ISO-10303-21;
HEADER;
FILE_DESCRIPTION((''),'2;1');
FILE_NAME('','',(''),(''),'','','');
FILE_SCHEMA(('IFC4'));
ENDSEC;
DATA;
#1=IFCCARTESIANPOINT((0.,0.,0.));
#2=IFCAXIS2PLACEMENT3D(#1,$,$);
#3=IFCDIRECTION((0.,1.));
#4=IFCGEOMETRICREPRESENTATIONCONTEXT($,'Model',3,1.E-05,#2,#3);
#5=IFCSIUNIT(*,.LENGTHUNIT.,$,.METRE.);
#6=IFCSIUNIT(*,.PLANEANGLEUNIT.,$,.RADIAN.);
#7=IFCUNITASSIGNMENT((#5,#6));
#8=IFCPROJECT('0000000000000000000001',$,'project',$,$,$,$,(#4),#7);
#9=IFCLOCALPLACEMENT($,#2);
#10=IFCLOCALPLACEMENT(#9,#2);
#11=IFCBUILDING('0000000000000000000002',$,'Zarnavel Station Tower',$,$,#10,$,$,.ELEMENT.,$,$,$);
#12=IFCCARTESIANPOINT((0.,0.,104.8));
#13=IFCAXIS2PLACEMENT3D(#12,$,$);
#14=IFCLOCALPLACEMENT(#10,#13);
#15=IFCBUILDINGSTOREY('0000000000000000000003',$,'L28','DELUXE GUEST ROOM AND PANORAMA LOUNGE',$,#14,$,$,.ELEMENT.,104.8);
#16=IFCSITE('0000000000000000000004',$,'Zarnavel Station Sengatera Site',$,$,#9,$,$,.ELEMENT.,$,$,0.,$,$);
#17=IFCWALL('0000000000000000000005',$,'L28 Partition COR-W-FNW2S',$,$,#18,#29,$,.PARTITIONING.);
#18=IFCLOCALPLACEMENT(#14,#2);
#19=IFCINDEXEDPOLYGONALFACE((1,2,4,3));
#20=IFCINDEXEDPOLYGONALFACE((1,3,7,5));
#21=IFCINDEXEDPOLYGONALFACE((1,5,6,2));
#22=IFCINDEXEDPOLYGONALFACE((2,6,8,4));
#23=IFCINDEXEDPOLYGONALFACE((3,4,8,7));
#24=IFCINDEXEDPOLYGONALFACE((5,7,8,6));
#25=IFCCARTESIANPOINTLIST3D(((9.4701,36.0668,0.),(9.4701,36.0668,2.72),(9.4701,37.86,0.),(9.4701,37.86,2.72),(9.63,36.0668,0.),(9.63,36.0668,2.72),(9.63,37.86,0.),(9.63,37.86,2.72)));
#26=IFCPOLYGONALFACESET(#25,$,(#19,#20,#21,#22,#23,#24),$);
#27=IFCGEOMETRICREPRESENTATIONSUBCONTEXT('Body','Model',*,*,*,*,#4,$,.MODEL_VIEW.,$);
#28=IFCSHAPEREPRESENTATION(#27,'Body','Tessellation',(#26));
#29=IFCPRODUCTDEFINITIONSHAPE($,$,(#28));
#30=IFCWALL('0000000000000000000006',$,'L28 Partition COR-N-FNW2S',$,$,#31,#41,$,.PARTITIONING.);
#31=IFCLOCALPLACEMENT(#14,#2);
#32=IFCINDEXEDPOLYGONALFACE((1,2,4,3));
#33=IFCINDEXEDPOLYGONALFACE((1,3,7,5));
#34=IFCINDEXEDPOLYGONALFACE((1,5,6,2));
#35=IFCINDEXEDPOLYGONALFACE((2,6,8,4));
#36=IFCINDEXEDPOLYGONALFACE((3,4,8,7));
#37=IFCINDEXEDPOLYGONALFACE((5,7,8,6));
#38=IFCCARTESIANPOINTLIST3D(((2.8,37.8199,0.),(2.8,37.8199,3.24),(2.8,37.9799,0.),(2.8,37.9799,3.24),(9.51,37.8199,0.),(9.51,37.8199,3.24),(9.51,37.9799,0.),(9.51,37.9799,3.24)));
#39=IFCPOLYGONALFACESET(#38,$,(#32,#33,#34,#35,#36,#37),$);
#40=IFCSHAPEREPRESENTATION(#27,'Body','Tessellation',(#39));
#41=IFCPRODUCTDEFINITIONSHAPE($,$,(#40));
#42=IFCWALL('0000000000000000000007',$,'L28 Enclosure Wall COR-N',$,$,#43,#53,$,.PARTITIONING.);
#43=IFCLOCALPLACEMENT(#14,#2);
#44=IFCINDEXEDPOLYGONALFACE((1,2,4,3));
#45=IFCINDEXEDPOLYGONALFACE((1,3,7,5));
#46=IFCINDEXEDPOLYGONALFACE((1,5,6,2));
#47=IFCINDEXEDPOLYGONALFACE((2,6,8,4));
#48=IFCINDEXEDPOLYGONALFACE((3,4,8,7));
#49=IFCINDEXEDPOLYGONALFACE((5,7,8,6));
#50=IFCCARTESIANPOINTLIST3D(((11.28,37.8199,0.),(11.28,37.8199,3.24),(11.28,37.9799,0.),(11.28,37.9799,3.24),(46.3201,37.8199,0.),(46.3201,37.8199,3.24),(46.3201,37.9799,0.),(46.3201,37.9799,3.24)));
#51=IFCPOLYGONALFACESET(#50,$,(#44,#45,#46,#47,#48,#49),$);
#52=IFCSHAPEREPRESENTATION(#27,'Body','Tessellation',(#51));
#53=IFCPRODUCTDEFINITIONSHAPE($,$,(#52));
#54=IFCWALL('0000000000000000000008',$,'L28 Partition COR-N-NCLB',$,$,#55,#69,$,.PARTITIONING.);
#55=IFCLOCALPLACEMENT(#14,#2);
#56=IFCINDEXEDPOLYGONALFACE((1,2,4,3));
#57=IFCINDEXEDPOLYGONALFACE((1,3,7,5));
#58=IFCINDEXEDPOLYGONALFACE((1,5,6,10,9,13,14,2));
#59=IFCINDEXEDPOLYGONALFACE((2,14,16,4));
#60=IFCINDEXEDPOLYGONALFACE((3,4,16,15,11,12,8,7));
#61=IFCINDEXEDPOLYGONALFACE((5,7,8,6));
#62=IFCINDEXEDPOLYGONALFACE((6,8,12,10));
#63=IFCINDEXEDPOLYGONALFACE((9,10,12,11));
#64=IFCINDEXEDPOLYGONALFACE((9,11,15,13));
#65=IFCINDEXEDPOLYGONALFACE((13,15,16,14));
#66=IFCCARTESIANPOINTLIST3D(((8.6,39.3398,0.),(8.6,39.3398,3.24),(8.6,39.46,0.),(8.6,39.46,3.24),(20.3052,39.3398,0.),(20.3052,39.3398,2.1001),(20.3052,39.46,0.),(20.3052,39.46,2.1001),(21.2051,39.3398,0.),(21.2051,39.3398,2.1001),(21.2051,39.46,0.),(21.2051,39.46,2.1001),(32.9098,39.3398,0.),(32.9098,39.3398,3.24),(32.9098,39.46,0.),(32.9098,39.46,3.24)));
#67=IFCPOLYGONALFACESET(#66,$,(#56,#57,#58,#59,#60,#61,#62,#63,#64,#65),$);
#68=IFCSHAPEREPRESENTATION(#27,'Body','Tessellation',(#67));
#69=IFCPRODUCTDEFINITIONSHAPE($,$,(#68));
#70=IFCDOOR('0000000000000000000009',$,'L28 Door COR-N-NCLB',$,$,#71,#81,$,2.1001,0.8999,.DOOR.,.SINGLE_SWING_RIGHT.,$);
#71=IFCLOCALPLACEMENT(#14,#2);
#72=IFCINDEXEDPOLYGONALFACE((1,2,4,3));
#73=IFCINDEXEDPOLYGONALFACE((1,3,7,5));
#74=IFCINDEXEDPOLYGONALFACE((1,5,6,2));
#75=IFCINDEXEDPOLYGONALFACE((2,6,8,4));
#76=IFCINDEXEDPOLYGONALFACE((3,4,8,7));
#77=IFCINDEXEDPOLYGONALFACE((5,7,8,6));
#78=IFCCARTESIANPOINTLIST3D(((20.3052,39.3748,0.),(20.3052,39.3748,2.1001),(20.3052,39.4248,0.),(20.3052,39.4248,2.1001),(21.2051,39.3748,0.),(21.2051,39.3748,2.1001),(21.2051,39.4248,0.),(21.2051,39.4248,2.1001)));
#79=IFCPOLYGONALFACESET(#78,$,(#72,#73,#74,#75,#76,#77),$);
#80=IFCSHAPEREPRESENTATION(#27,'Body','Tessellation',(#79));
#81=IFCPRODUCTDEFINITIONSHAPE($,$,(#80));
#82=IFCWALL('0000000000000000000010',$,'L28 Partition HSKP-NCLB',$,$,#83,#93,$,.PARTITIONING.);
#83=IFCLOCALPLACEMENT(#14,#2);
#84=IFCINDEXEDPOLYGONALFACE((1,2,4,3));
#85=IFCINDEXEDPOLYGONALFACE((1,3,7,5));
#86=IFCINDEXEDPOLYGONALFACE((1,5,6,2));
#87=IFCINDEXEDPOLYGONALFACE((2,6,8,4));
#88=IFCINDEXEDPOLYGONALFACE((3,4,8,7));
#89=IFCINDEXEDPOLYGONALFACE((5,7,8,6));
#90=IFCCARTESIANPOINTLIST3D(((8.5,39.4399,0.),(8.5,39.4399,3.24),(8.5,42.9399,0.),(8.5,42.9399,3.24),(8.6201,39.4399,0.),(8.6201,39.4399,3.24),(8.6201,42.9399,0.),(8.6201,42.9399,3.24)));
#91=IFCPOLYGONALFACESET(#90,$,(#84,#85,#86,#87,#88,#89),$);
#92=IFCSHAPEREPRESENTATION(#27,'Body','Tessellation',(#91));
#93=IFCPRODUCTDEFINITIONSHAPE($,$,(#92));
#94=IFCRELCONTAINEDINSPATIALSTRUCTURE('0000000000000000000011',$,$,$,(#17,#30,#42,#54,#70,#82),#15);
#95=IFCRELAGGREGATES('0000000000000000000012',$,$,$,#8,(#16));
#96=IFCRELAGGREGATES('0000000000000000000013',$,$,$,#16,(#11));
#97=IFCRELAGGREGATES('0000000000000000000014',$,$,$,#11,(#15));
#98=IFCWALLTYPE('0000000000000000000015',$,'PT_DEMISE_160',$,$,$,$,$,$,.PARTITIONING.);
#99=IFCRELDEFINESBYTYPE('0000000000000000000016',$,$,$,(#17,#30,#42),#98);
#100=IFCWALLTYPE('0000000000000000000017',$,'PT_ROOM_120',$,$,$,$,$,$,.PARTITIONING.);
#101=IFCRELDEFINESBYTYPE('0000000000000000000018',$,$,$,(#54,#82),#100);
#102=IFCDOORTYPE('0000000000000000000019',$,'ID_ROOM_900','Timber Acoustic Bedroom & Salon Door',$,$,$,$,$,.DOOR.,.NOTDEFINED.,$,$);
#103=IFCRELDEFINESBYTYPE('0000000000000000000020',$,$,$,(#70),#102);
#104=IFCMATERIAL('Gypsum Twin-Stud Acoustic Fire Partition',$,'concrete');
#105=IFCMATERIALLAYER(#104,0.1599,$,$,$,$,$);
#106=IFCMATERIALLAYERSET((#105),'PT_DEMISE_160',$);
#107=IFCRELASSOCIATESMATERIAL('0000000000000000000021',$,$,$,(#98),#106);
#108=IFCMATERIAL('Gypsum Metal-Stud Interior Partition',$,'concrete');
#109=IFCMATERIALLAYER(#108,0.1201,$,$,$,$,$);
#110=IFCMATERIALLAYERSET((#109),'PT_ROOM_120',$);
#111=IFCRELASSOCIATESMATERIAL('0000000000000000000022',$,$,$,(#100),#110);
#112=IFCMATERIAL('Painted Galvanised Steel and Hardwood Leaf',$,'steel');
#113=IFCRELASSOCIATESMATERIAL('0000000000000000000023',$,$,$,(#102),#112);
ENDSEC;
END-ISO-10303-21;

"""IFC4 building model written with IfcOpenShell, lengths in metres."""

from ifc_helpers import new_model, si_unit, direction, frame, frame_2d, origin, place, context, subcontext, project, spatial, rectangle, extrude, material, layer, layer_set, type_object, element, fill, save


model = new_model("IFC4")

# Units and contexts
model_context = context("Model", 3, precision=1e-05, world=origin(), true_north=direction((0.0, 1.0)))
body_context = subcontext(model_context, "Body", "Model", "MODEL_VIEW")
ifc_project = project(units=[si_unit("LENGTHUNIT", "METRE"), si_unit("PLANEANGLEUNIT", "RADIAN")], contexts=[model_context])

# Site, building, storey
site_placement = place(None, origin())
site = spatial("IfcSite", under=ifc_project, at=site_placement, Name="Zarnavel Station Sengatera Site", CompositionType="ELEMENT", RefElevation=0.0)
building_placement = place(site_placement, origin())
building = spatial("IfcBuilding", under=site, at=building_placement, Name="Zarnavel Station Tower", CompositionType="ELEMENT")
storey_placement = place(building_placement, frame((0.0, 0.0, 104.8)))
storey = spatial("IfcBuildingStorey", under=building, at=storey_placement, Name="L28", Description="DELUXE GUEST ROOM AND PANORAMA LOUNGE", CompositionType="ELEMENT", Elevation=104.8)

# Shared definitions
ifc_material_1 = material(Name="Gypsum Twin-Stud Acoustic Fire Partition", Category="concrete")
ifc_layer_1 = layer(ifc_material_1, 0.1599)
ifc_layer_set_1 = layer_set([ifc_layer_1], Name="PT_DEMISE_160")
wall_type_1 = type_object("IfcWallType", Name="PT_DEMISE_160", PredefinedType="PARTITIONING", material=ifc_layer_set_1)

# Walls
wall_1_placement = place(storey_placement, frame((9.55, 36.0669, 0.0), z_axis=(0.0, 0.0, 1.0), x_axis=(0.0, 1.0, 0.0)))
element("IfcWall", 1, at=wall_1_placement, inside=storey, type_object=wall_type_1, Name="L28 Partition COR-W-FNW2S", PredefinedType="PARTITIONING", context=body_context, shape_type="SweptSolid", body=[
    extrude(rectangle(XDim=1.7932, YDim=0.1599, at=frame_2d((0.8965, 0.0))), origin(), (0.0, 0.0, 1.0), 2.72),
])
wall_2_placement = place(storey_placement, frame((2.8, 37.8999, 0.0), z_axis=(0.0, 0.0, 1.0), x_axis=(1.0, 0.0, 0.0)))
element("IfcWall", 2, at=wall_2_placement, inside=storey, type_object=wall_type_1, Name="L28 Partition COR-N-FNW2S", PredefinedType="PARTITIONING", context=body_context, shape_type="SweptSolid", body=[
    extrude(rectangle(XDim=6.71, YDim=0.1599, at=frame_2d((3.355, 0.0))), origin(), (0.0, 0.0, 1.0), 3.24),
])
wall_3_placement = place(storey_placement, frame((11.28, 37.8999, 0.0), z_axis=(0.0, 0.0, 1.0), x_axis=(1.0, 0.0, 0.0)))
element("IfcWall", 3, at=wall_3_placement, inside=storey, type_object=wall_type_1, Name="L28 Enclosure Wall COR-N", PredefinedType="PARTITIONING", context=body_context, shape_type="SweptSolid", body=[
    extrude(rectangle(XDim=35.04, YDim=0.1599, at=frame_2d((17.52, 0.0))), origin(), (0.0, 0.0, 1.0), 3.24),
])

# Wall, opening, door
ifc_material_2 = material(Name="Gypsum Metal-Stud Interior Partition", Category="concrete")
ifc_layer_2 = layer(ifc_material_2, 0.1201)
ifc_layer_set_2 = layer_set([ifc_layer_2], Name="PT_ROOM_120")
wall_type_2 = type_object("IfcWallType", Name="PT_ROOM_120", PredefinedType="PARTITIONING", material=ifc_layer_set_2)
wall_4_placement = place(storey_placement, frame((8.6001, 39.3999, 0.0), z_axis=(0.0, 0.0, 1.0), x_axis=(1.0, 0.0, 0.0)))
wall_4 = element("IfcWall", 4, at=wall_4_placement, inside=storey, type_object=wall_type_2, Name="L28 Partition COR-N-NCLB", PredefinedType="PARTITIONING", context=body_context, shape_type="SweptSolid", body=[
    extrude(rectangle(XDim=24.3098, YDim=0.1201, at=frame_2d((12.1548, 0.0))), origin(), (0.0, 0.0, 1.0), 3.24),
])
opening_1_placement = place(wall_4_placement, frame((11.7051, 0.0, 0.0)))
opening_1 = element("IfcOpeningElement", 5, at=opening_1_placement, cuts=wall_4, PredefinedType="OPENING", context=body_context, shape_type="SweptSolid", body=[
    extrude(rectangle(XDim=0.8999, YDim=2.1001, at=frame_2d((0.45, 1.05))), frame((0.0, 0.0701, 0.0), z_axis=(0.0, -1.0, 0.0), x_axis=(1.0, 0.0, 0.0)), (0.0, 0.0, 1.0), 0.1401),
])
ifc_material_3 = material(Name="Painted Galvanised Steel and Hardwood Leaf", Category="steel")
door_type_1 = type_object("IfcDoorType", Name="ID_ROOM_900", Description="Timber Acoustic Bedroom & Salon Door", OperationType="NOTDEFINED", PredefinedType="DOOR", material=ifc_material_3)
door_1_placement = place(opening_1_placement, origin())
door_1 = element("IfcDoor", 6, at=door_1_placement, inside=storey, type_object=door_type_1, Name="L28 Door COR-N-NCLB", OperationType="SINGLE_SWING_RIGHT", OverallHeight=2.1001, OverallWidth=0.8999, PredefinedType="DOOR", context=body_context, shape_type="SweptSolid", body=[
    extrude(rectangle(XDim=0.8999, YDim=2.1001, at=frame_2d((0.45, 1.05))), frame((0.0, 0.0249, 0.0), z_axis=(0.0, -1.0, 0.0), x_axis=(1.0, 0.0, 0.0)), (0.0, 0.0, 1.0), 0.05),
])
fill(opening_1, door_1)

# Wall
wall_5_placement = place(storey_placement, frame((8.5601, 39.4399, 0.0), z_axis=(0.0, 0.0, 1.0), x_axis=(0.0, 1.0, 0.0)))
element("IfcWall", 7, at=wall_5_placement, inside=storey, type_object=wall_type_2, Name="L28 Partition HSKP-NCLB", PredefinedType="PARTITIONING", context=body_context, shape_type="SweptSolid", body=[
    extrude(rectangle(XDim=3.5, YDim=0.1201, at=frame_2d((1.75, 0.0))), origin(), (0.0, 0.0, 1.0), 3.24),
])

save(model, "model.ifc")
